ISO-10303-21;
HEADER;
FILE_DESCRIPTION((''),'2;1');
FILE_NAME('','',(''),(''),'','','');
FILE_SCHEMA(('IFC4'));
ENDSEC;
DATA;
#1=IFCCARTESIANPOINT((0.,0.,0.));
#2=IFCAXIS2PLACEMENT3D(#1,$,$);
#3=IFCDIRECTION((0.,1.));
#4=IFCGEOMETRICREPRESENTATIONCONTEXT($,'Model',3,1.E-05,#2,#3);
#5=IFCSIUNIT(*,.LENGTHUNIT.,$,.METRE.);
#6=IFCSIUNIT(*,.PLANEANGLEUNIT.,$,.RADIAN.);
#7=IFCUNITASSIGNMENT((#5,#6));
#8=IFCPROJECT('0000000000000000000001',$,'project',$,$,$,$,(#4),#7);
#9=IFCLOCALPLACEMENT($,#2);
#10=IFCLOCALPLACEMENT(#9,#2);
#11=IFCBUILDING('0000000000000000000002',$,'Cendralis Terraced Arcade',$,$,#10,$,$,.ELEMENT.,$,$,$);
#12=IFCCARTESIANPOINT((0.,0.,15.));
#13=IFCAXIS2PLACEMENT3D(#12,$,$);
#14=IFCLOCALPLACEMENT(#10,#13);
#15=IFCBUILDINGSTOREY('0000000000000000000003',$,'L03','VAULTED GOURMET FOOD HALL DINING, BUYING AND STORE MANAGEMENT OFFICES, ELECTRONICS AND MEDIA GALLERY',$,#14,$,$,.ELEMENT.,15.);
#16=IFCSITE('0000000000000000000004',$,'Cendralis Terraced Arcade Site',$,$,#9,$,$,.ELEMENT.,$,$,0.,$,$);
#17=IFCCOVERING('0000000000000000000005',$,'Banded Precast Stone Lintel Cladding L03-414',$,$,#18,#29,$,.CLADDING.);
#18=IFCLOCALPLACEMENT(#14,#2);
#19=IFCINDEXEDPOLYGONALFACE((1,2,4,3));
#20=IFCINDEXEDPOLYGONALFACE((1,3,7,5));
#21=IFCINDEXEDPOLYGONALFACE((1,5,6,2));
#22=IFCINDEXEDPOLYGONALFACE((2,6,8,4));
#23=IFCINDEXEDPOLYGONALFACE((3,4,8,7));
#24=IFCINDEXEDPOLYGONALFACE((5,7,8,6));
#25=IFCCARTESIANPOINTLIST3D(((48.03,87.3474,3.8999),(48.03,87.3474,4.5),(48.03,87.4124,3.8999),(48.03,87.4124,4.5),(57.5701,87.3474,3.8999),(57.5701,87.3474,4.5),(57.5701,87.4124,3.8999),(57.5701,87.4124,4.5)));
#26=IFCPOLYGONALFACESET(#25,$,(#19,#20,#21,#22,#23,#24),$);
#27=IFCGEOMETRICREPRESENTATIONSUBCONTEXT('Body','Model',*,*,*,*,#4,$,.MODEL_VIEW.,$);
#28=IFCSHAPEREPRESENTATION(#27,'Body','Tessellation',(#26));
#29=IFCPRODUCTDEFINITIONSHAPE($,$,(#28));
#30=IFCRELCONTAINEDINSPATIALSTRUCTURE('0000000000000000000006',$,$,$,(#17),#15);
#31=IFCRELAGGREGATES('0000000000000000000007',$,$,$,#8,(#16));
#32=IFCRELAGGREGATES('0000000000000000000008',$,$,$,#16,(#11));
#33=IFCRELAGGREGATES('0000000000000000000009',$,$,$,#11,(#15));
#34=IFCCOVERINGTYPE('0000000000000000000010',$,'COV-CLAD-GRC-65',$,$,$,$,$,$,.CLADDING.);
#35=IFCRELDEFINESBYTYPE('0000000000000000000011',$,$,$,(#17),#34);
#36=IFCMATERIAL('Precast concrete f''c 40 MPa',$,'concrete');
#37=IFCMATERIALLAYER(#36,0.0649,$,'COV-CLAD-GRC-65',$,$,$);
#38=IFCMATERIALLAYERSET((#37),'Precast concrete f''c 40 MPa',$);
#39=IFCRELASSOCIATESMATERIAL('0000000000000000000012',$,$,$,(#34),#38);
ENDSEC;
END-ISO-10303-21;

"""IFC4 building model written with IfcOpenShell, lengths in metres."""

from ifc_helpers import new_model, si_unit, direction, frame, origin, origin_2d, place, context, subcontext, project, spatial, rectangle, extrude, material, layer, layer_set, type_object, element, save


model = new_model("IFC4")

# Units and contexts
model_context = context("Model", 3, precision=1e-05, world=origin(), true_north=direction((0.0, 1.0)))
body_context = subcontext(model_context, "Body", "Model", "MODEL_VIEW")
ifc_project = project(units=[si_unit("LENGTHUNIT", "METRE"), si_unit("PLANEANGLEUNIT", "RADIAN")], contexts=[model_context])

# Site, building, storey
site_placement = place(None, origin())
site = spatial("IfcSite", under=ifc_project, at=site_placement, Name="Cendralis Terraced Arcade Site", CompositionType="ELEMENT", RefElevation=0.0)
building_placement = place(site_placement, origin())
building = spatial("IfcBuilding", under=site, at=building_placement, Name="Cendralis Terraced Arcade", CompositionType="ELEMENT")
storey_placement = place(building_placement, frame((0.0, 0.0, 15.0)))
storey = spatial("IfcBuildingStorey", under=building, at=storey_placement, Name="L03", Description="VAULTED GOURMET FOOD HALL DINING, BUYING AND STORE MANAGEMENT OFFICES, ELECTRONICS AND MEDIA GALLERY", CompositionType="ELEMENT", Elevation=15.0)

# Shared definitions
ifc_material_1 = material(Name="Precast concrete f'c 40 MPa", Category="concrete")

# Covering
ifc_layer_1 = layer(ifc_material_1, 0.0649, Name="COV-CLAD-GRC-65")
ifc_layer_set_1 = layer_set([ifc_layer_1], Name="Precast concrete f'c 40 MPa")
covering_type = type_object("IfcCoveringType", Name="COV-CLAD-GRC-65", PredefinedType="CLADDING", material=ifc_layer_set_1)
covering_1_placement = place(storey_placement, frame((52.8, 87.3799, 3.8999), z_axis=(0.0, 0.0, 1.0), x_axis=(1.0, 0.0, 0.0)))
element("IfcCovering", 1, at=covering_1_placement, inside=storey, type_object=covering_type, Name="Banded Precast Stone Lintel Cladding L03-414", PredefinedType="CLADDING", context=body_context, shape_type="SweptSolid", body=[
    extrude(rectangle(XDim=9.54, YDim=0.0649, at=origin_2d()), origin(), (0.0, 0.0, 1.0), 0.6001),
])

save(model, "model.ifc")
